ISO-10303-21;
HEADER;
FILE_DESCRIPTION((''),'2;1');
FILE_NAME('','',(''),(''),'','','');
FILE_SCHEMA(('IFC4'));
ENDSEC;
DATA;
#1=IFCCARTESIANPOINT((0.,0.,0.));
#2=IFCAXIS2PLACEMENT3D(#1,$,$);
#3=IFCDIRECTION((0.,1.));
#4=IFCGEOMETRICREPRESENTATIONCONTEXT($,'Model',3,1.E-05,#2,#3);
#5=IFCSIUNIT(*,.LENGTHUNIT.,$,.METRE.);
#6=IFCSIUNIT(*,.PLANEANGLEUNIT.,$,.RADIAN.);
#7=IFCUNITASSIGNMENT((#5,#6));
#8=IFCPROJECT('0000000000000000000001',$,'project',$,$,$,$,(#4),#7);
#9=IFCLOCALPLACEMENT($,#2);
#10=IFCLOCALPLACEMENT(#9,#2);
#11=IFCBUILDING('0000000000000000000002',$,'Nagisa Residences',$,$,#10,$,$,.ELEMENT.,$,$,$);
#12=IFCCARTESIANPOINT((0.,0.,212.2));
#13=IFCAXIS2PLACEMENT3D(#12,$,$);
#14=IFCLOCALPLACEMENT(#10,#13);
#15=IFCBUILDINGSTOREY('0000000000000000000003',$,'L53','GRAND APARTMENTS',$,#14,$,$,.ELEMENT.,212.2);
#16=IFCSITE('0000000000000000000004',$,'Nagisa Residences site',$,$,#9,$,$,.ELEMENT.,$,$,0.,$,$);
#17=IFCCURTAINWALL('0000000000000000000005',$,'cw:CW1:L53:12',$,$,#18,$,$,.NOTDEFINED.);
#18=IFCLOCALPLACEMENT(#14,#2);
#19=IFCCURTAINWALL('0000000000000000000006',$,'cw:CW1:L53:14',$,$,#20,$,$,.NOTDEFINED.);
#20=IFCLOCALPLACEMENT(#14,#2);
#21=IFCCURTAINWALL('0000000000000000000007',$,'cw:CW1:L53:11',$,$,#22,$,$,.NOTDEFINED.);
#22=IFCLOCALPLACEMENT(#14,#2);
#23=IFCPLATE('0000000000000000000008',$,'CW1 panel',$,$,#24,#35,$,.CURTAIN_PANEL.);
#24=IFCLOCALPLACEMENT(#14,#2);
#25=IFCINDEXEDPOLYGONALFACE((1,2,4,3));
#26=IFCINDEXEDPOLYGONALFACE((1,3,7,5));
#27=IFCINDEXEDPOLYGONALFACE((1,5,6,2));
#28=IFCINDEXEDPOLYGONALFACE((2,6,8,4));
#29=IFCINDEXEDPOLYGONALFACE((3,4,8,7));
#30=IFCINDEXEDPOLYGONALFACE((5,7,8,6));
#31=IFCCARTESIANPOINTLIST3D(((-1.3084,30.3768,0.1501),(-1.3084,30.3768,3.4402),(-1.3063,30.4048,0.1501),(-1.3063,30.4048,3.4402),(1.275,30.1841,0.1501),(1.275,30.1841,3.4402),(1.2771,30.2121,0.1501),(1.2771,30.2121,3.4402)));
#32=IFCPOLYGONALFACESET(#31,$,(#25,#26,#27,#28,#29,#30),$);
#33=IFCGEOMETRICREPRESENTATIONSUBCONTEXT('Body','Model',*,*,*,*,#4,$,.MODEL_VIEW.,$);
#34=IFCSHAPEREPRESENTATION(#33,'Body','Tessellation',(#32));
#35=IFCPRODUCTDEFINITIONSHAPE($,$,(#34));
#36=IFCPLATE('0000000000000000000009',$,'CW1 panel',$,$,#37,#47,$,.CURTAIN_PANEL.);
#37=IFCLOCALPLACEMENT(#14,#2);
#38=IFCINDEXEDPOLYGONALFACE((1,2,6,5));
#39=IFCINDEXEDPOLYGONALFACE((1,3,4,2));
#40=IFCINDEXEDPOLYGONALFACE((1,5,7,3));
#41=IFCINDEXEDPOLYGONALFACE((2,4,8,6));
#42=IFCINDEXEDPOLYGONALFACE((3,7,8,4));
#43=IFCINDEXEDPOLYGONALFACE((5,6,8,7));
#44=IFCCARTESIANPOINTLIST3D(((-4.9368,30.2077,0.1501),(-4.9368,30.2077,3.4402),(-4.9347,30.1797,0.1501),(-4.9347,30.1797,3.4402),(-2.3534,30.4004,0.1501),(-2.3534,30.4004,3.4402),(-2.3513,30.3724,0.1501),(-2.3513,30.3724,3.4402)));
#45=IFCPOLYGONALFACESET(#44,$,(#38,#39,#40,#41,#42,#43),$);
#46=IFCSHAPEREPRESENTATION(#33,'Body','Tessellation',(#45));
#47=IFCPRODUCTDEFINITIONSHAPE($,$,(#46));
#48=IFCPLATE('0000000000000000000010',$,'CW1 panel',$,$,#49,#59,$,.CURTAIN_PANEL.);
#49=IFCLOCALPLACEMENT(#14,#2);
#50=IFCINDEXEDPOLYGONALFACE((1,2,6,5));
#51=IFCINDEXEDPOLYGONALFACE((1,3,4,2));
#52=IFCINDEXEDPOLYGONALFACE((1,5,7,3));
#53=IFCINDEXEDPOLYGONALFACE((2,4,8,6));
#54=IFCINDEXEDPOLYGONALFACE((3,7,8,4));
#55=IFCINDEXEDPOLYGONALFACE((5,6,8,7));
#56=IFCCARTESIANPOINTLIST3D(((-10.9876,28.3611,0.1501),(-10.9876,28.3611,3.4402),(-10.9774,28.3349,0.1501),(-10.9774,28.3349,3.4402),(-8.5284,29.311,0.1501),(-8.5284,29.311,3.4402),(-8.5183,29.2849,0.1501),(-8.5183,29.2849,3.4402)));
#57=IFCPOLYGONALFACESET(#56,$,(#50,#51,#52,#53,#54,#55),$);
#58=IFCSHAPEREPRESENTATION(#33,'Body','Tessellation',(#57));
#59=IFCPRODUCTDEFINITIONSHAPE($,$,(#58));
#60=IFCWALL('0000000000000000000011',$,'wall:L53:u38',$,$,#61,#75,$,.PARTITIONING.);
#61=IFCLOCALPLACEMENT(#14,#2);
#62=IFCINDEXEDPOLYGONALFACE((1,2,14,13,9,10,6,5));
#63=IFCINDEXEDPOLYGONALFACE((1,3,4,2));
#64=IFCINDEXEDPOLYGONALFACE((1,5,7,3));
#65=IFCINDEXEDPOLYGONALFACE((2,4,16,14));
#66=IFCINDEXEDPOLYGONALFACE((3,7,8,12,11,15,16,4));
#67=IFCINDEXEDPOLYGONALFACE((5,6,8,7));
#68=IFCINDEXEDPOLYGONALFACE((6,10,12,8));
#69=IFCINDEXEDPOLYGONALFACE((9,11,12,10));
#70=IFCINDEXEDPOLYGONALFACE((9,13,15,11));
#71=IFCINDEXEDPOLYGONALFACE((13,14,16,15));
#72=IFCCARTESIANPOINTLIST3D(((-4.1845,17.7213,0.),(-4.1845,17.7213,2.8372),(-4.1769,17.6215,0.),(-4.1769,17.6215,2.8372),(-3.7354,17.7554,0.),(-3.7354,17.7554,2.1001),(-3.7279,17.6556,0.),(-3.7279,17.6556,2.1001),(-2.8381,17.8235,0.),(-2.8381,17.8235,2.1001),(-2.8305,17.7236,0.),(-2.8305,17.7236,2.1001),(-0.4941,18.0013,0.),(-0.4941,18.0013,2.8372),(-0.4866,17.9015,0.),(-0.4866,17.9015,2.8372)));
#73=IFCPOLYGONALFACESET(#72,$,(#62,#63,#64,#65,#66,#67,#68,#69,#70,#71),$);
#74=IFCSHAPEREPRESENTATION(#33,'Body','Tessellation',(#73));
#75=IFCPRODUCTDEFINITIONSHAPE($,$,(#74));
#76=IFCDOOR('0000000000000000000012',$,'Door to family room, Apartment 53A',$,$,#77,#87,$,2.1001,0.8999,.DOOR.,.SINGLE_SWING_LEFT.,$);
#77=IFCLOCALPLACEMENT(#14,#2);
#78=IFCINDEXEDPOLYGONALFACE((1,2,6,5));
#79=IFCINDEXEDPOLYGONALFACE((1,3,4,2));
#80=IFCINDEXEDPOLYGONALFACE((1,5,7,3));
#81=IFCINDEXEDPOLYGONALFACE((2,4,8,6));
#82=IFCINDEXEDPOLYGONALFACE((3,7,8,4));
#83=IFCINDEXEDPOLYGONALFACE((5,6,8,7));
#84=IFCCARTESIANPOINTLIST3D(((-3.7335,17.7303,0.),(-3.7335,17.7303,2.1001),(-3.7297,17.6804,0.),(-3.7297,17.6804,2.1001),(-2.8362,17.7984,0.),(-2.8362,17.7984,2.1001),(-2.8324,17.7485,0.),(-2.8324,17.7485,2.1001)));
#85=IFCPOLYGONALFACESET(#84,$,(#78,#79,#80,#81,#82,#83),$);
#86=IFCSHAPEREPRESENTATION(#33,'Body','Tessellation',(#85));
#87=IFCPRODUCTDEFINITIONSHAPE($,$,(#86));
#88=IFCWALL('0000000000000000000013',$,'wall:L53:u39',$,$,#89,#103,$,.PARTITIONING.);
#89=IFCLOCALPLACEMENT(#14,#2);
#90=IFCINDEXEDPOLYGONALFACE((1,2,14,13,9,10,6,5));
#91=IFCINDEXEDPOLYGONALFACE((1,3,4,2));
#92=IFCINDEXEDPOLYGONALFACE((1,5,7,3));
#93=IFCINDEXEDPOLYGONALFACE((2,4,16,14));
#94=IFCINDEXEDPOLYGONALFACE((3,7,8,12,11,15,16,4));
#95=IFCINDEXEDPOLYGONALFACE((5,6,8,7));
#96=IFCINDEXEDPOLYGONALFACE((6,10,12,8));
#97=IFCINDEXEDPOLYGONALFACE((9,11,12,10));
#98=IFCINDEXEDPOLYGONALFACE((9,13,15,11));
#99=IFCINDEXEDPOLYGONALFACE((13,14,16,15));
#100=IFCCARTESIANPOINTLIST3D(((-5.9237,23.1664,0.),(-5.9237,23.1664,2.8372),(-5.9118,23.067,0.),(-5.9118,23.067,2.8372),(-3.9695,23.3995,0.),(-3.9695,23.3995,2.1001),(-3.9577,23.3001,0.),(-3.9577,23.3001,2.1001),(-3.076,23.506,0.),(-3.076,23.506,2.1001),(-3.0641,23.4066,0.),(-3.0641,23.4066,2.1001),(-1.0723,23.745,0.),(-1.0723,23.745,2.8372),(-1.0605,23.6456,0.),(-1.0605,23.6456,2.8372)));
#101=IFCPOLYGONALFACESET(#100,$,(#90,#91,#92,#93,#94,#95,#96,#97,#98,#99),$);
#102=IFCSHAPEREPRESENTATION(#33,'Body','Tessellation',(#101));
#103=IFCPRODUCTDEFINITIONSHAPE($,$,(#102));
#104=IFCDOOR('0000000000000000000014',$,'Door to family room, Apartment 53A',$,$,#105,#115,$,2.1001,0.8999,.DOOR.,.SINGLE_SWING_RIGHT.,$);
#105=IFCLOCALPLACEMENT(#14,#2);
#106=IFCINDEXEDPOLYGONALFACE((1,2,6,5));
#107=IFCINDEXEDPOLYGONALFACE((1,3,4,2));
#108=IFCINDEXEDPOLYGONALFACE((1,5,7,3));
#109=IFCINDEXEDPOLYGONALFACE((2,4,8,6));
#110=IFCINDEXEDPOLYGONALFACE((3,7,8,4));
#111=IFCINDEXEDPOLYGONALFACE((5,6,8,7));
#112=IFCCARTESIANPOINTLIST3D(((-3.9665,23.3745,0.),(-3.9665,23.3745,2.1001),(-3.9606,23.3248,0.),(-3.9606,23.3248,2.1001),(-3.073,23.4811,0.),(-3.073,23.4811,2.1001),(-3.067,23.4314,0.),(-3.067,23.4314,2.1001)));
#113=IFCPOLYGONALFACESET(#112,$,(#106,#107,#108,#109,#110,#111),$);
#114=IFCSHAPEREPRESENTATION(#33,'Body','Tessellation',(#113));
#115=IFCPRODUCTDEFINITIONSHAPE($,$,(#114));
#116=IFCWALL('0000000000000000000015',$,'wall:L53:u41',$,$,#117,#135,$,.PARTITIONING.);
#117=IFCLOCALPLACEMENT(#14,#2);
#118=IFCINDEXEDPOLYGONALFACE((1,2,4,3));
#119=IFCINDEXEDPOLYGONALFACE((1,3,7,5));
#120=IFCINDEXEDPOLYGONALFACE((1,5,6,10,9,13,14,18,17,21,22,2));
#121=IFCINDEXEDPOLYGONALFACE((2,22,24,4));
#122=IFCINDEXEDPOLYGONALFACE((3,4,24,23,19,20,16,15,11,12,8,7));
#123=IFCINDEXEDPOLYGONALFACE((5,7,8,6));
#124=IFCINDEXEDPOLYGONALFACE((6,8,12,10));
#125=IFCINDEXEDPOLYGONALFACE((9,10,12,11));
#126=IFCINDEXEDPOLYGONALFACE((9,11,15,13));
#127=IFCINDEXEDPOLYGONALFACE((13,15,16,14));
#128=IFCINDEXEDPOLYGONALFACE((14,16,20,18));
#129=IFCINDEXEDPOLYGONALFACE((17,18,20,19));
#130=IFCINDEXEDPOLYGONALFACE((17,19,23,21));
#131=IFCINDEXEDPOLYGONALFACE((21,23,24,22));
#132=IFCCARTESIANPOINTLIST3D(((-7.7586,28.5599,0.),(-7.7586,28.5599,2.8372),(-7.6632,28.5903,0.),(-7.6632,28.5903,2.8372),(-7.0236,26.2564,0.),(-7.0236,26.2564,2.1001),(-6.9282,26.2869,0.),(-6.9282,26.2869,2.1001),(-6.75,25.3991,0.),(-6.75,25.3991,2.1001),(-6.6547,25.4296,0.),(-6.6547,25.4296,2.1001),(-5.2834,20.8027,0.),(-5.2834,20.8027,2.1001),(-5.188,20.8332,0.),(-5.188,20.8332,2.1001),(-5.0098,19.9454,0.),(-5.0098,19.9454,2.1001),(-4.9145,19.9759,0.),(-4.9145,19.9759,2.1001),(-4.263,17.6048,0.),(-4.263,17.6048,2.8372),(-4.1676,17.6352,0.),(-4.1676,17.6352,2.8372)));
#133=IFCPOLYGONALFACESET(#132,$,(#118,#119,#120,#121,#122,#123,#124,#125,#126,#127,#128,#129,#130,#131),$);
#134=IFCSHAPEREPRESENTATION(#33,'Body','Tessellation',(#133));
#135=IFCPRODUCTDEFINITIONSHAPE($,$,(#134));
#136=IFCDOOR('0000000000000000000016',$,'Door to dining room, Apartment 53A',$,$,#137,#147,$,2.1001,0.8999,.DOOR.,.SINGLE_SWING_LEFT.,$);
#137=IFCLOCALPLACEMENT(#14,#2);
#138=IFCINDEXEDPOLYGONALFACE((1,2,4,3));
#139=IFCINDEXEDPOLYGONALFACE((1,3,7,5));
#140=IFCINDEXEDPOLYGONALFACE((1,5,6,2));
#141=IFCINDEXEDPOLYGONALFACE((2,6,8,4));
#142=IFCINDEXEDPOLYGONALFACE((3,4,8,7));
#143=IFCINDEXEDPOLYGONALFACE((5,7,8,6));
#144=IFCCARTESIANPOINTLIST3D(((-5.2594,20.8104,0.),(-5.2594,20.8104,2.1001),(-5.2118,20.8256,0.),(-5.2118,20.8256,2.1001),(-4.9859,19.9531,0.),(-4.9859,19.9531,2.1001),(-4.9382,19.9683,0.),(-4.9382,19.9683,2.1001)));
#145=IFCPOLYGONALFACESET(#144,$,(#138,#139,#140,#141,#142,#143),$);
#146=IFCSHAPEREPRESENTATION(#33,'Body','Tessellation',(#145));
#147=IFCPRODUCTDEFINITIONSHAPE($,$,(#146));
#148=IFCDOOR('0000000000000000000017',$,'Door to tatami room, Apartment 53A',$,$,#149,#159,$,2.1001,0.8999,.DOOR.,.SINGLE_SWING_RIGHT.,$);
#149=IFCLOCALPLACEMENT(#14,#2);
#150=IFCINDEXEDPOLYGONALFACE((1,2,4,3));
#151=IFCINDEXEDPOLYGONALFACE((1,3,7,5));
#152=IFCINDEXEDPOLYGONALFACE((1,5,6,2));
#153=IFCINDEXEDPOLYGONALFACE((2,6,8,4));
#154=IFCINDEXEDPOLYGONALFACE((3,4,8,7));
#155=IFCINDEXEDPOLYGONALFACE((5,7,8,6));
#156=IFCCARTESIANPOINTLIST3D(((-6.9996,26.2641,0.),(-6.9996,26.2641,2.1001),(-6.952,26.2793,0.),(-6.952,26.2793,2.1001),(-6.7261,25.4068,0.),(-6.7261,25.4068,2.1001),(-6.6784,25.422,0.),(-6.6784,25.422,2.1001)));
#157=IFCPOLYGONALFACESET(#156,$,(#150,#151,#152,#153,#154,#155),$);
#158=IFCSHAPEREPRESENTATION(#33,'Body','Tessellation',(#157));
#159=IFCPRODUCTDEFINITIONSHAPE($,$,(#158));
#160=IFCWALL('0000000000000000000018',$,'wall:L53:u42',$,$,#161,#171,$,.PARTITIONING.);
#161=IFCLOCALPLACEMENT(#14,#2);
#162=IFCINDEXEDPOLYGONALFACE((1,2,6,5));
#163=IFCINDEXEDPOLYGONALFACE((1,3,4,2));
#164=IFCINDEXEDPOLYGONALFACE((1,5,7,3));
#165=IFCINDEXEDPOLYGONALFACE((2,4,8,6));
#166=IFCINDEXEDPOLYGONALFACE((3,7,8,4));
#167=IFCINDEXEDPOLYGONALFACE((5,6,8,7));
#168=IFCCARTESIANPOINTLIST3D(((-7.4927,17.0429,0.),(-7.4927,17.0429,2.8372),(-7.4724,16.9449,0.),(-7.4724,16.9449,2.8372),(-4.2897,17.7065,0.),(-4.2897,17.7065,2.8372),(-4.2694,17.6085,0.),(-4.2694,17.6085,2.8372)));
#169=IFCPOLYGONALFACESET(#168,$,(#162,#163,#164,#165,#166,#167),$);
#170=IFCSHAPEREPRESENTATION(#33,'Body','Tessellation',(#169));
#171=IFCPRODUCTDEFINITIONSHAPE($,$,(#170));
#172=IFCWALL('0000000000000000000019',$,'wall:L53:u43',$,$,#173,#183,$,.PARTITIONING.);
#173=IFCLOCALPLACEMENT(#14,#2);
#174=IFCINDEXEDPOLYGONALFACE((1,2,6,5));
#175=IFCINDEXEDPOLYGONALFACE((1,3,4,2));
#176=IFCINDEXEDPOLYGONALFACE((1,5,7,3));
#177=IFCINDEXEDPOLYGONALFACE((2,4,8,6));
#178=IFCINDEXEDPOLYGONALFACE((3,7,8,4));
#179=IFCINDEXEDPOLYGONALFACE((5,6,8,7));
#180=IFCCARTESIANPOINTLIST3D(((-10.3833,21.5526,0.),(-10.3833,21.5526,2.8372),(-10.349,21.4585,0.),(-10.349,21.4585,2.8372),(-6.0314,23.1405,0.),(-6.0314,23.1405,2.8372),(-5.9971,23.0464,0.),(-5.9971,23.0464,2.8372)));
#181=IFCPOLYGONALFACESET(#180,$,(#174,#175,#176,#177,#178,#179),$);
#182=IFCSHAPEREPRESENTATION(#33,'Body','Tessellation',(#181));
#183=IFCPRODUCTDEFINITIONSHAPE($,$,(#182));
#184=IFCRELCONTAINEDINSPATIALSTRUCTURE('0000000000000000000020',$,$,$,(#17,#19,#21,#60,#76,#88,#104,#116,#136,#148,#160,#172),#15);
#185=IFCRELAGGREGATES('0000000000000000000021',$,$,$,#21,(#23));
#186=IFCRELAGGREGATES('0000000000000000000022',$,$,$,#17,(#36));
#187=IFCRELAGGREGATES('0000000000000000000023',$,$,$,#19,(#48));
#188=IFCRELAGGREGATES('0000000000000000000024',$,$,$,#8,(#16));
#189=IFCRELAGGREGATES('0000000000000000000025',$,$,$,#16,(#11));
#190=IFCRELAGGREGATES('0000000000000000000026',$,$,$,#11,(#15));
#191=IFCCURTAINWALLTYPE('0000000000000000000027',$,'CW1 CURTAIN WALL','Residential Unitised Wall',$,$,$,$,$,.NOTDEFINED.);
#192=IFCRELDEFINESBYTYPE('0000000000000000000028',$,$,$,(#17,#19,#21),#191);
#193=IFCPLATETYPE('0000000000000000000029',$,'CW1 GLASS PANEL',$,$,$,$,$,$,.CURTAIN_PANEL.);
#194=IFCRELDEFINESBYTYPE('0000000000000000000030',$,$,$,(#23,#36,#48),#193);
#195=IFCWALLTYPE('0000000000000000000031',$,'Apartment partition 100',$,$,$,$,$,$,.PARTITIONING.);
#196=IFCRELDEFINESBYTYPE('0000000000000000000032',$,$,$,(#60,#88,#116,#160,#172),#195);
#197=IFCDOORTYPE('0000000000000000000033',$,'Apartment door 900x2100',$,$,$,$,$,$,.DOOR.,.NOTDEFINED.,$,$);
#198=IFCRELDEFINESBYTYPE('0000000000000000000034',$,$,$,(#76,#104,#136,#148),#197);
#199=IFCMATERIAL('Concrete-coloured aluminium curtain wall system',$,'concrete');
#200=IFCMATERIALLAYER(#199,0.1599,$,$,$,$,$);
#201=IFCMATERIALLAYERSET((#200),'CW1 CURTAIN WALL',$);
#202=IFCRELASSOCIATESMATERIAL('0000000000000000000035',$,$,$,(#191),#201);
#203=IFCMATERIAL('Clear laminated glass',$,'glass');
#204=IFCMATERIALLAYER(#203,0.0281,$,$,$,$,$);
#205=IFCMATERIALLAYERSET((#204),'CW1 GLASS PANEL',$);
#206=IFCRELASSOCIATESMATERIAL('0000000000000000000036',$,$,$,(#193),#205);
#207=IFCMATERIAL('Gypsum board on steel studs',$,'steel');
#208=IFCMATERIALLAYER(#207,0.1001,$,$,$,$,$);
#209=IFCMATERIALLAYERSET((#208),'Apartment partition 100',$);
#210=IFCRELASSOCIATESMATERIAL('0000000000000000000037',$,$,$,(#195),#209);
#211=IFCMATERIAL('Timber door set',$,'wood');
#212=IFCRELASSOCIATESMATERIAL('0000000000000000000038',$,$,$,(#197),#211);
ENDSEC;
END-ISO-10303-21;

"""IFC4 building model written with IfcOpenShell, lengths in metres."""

from ifc_helpers import new_model, si_unit, direction, frame, frame_2d, origin, origin_2d, place, context, subcontext, project, spatial, rectangle, extrude, material, layer, layer_set, type_object, element, fill, aggregate, save


model = new_model("IFC4")

# Units and contexts
model_context = context("Model", 3, precision=1e-05, world=origin(), true_north=direction((0.0, 1.0)))
body_context = subcontext(model_context, "Body", "Model", "MODEL_VIEW")
ifc_project = project(units=[si_unit("LENGTHUNIT", "METRE"), si_unit("PLANEANGLEUNIT", "RADIAN")], contexts=[model_context])

# Site, building, storey
site_placement = place(None, origin())
site = spatial("IfcSite", under=ifc_project, at=site_placement, Name="Nagisa Residences site", CompositionType="ELEMENT", RefElevation=0.0)
building_placement = place(site_placement, origin())
building = spatial("IfcBuilding", under=site, at=building_placement, Name="Nagisa Residences", CompositionType="ELEMENT")
storey_placement = place(building_placement, frame((0.0, 0.0, 212.2)))
storey = spatial("IfcBuildingStorey", under=building, at=storey_placement, Name="L53", Description="GRAND APARTMENTS", CompositionType="ELEMENT", Elevation=212.2)

# Curtain walls
ifc_material_1 = material(Name="Concrete-coloured aluminium curtain wall system", Category="concrete")
ifc_layer_1 = layer(ifc_material_1, 0.1599)
ifc_layer_set_1 = layer_set([ifc_layer_1], Name="CW1 CURTAIN WALL")
curtain_wall_type = type_object("IfcCurtainWallType", Name="CW1 CURTAIN WALL", Description="Residential Unitised Wall", PredefinedType="NOTDEFINED", material=ifc_layer_set_1)
curtain_wall_1_placement = place(storey_placement, origin())
curtain_wall_1 = element("IfcCurtainWall", 1, at=curtain_wall_1_placement, inside=storey, type_object=curtain_wall_type, Name="cw:CW1:L53:12", PredefinedType="NOTDEFINED")
curtain_wall_2_placement = place(storey_placement, origin())
curtain_wall_2 = element("IfcCurtainWall", 2, at=curtain_wall_2_placement, inside=storey, type_object=curtain_wall_type, Name="cw:CW1:L53:14", PredefinedType="NOTDEFINED")

# Curtain wall, plate
curtain_wall_3_placement = place(storey_placement, origin())
curtain_wall_3 = element("IfcCurtainWall", 3, at=curtain_wall_3_placement, inside=storey, type_object=curtain_wall_type, Name="cw:CW1:L53:11", PredefinedType="NOTDEFINED")
ifc_material_2 = material(Name="Clear laminated glass", Category="glass")
ifc_layer_2 = layer(ifc_material_2, 0.0281)
ifc_layer_set_2 = layer_set([ifc_layer_2], Name="CW1 GLASS PANEL")
plate_type = type_object("IfcPlateType", Name="CW1 GLASS PANEL", PredefinedType="CURTAIN_PANEL", material=ifc_layer_set_2)
plate_1_placement = place(storey_placement, frame((-0.0156, 30.2944, 0.1501), z_axis=(0.0, 0.0, 1.0), x_axis=(-0.99723, 0.074377, 0.0)))
plate_1 = element("IfcPlate", 4, at=plate_1_placement, type_object=plate_type, Name="CW1 panel", PredefinedType="CURTAIN_PANEL", context=body_context, shape_type="SweptSolid", body=[
    extrude(rectangle(XDim=2.5906, YDim=0.0281, at=origin_2d()), origin(), (0.0, 0.0, 1.0), 3.29),
])
aggregate(curtain_wall_3, [plate_1])

# Plates
plate_2_placement = place(storey_placement, frame((-3.644, 30.29, 0.1501), z_axis=(0.0, 0.0, 1.0), x_axis=(-0.99723, -0.074377, 0.0)))
plate_2 = element("IfcPlate", 5, at=plate_2_placement, type_object=plate_type, Name="CW1 panel", PredefinedType="CURTAIN_PANEL", context=body_context, shape_type="SweptSolid", body=[
    extrude(rectangle(XDim=2.5906, YDim=0.0281, at=origin_2d()), origin(), (0.0, 0.0, 1.0), 3.29),
])
aggregate(curtain_wall_1, [plate_2])
plate_3_placement = place(storey_placement, frame((-9.7529, 28.823, 0.1501), z_axis=(0.0, 0.0, 1.0), x_axis=(-0.932826, -0.360328, 0.0)))
plate_3 = element("IfcPlate", 6, at=plate_3_placement, type_object=plate_type, Name="CW1 panel", PredefinedType="CURTAIN_PANEL", context=body_context, shape_type="SweptSolid", body=[
    extrude(rectangle(XDim=2.6362, YDim=0.0281, at=origin_2d()), origin(), (0.0, 0.0, 1.0), 3.29),
])
aggregate(curtain_wall_2, [plate_3])

# Walls, openings, doors
ifc_material_3 = material(Name="Gypsum board on steel studs", Category="steel")
ifc_layer_3 = layer(ifc_material_3, 0.1001)
ifc_layer_set_3 = layer_set([ifc_layer_3], Name="Apartment partition 100")
wall_type_1 = type_object("IfcWallType", Name="Apartment partition 100", PredefinedType="PARTITIONING", material=ifc_layer_set_3)
wall_1_placement = place(storey_placement, frame((-0.4902, 17.9514, 0.0), z_axis=(0.0, 0.0, 1.0), x_axis=(-0.997133, -0.075662, 0.0)))
wall_1 = element("IfcWall", 7, at=wall_1_placement, inside=storey, type_object=wall_type_1, Name="wall:L53:u38", PredefinedType="PARTITIONING", context=body_context, shape_type="SweptSolid", body=[
    extrude(rectangle(XDim=3.7009, YDim=0.1001, at=frame_2d((1.8506, 0.0))), origin(), (0.0, 0.0, 1.0), 2.8372),
])
opening_1_placement = place(wall_1_placement, frame((2.3508, 0.0, 0.0)))
opening_1 = element("IfcOpeningElement", 8, at=opening_1_placement, cuts=wall_1, PredefinedType="OPENING", context=body_context, shape_type="SweptSolid", body=[
    extrude(rectangle(XDim=0.8999, YDim=2.1001, at=frame_2d((0.45, 1.05))), frame((0.0, 0.0601, 0.0), z_axis=(0.0, -1.0, 0.0), x_axis=(1.0, 0.0, 0.0)), (0.0, 0.0, 1.0), 0.1201),
])
ifc_material_4 = material(Name="Timber door set", Category="wood")
door_type_1 = type_object("IfcDoorType", Name="Apartment door 900x2100", OperationType="NOTDEFINED", PredefinedType="DOOR", material=ifc_material_4)
door_1_placement = place(opening_1_placement, frame((0.8999, 0.0, 0.0), x_axis=(-1.0, 0.0, 0.0)))
door_1 = element("IfcDoor", 9, at=door_1_placement, inside=storey, type_object=door_type_1, Name="Door to family room, Apartment 53A", OperationType="SINGLE_SWING_LEFT", OverallHeight=2.1001, OverallWidth=0.8999, PredefinedType="DOOR", context=body_context, shape_type="SweptSolid", body=[
    extrude(rectangle(XDim=0.8999, YDim=2.1001, at=frame_2d((0.45, 1.05))), frame((0.0, 0.0249, 0.0), z_axis=(0.0, -1.0, 0.0), x_axis=(1.0, 0.0, 0.0)), (0.0, 0.0, 1.0), 0.05),
])
fill(opening_1, door_1)
wall_2_placement = place(storey_placement, frame((-1.0664, 23.6953, 0.0), z_axis=(0.0, 0.0, 1.0), x_axis=(-0.992962, -0.11843, 0.0)))
wall_2 = element("IfcWall", 10, at=wall_2_placement, inside=storey, type_object=wall_type_1, Name="wall:L53:u39", PredefinedType="PARTITIONING", context=body_context, shape_type="SweptSolid", body=[
    extrude(rectangle(XDim=4.8857, YDim=0.1001, at=frame_2d((2.4429, 0.0))), origin(), (0.0, 0.0, 1.0), 2.8372),
])
opening_2_placement = place(wall_2_placement, frame((2.0178, 0.0, 0.0)))
opening_2 = element("IfcOpeningElement", 11, at=opening_2_placement, cuts=wall_2, PredefinedType="OPENING", context=body_context, shape_type="SweptSolid", body=[
    extrude(rectangle(XDim=0.8999, YDim=2.1001, at=frame_2d((0.45, 1.05))), frame((0.0, 0.0601, 0.0), z_axis=(0.0, -1.0, 0.0), x_axis=(1.0, 0.0, 0.0)), (0.0, 0.0, 1.0), 0.1201),
])
door_2_placement = place(opening_2_placement, frame((0.8999, 0.0, 0.0), x_axis=(-1.0, 0.0, 0.0)))
door_2 = element("IfcDoor", 12, at=door_2_placement, inside=storey, type_object=door_type_1, Name="Door to family room, Apartment 53A", OperationType="SINGLE_SWING_RIGHT", OverallHeight=2.1001, OverallWidth=0.8999, PredefinedType="DOOR", context=body_context, shape_type="SweptSolid", body=[
    extrude(rectangle(XDim=0.8999, YDim=2.1001, at=frame_2d((0.45, 1.05))), frame((0.0, 0.0249, 0.0), z_axis=(0.0, -1.0, 0.0), x_axis=(1.0, 0.0, 0.0)), (0.0, 0.0, 1.0), 0.05),
])
fill(opening_2, door_2)

# Wall, openings, doors
wall_3_placement = place(storey_placement, frame((-4.2153, 17.6201, 0.0), z_axis=(0.0, 0.0, 1.0), x_axis=(-0.303985, 0.952677, 0.0)))
wall_3 = element("IfcWall", 13, at=wall_3_placement, inside=storey, type_object=wall_type_1, Name="wall:L53:u41", PredefinedType="PARTITIONING", context=body_context, shape_type="SweptSolid", body=[
    extrude(rectangle(XDim=11.4993, YDim=0.1001, at=frame_2d((5.7495, 0.0))), origin(), (0.0, 0.0, 1.0), 2.8372),
])
opening_3_placement = place(wall_3_placement, frame((2.4568, 0.0, 0.0)))
opening_3 = element("IfcOpeningElement", 14, at=opening_3_placement, cuts=wall_3, PredefinedType="OPENING", context=body_context, shape_type="SweptSolid", body=[
    extrude(rectangle(XDim=0.8999, YDim=2.1001, at=frame_2d((0.45, 1.05))), frame((0.0, 0.0601, 0.0), z_axis=(0.0, -1.0, 0.0), x_axis=(1.0, 0.0, 0.0)), (0.0, 0.0, 1.0), 0.1201),
])
opening_4_placement = place(wall_3_placement, frame((8.1814, 0.0, 0.0)))
opening_4 = element("IfcOpeningElement", 15, at=opening_4_placement, cuts=wall_3, PredefinedType="OPENING", context=body_context, shape_type="SweptSolid", body=[
    extrude(rectangle(XDim=0.8999, YDim=2.1001, at=frame_2d((0.45, 1.05))), frame((0.0, 0.0601, 0.0), z_axis=(0.0, -1.0, 0.0), x_axis=(1.0, 0.0, 0.0)), (0.0, 0.0, 1.0), 0.1201),
])
door_3_placement = place(opening_3_placement, origin())
door_3 = element("IfcDoor", 16, at=door_3_placement, inside=storey, type_object=door_type_1, Name="Door to dining room, Apartment 53A", OperationType="SINGLE_SWING_LEFT", OverallHeight=2.1001, OverallWidth=0.8999, PredefinedType="DOOR", context=body_context, shape_type="SweptSolid", body=[
    extrude(rectangle(XDim=0.8999, YDim=2.1001, at=frame_2d((0.45, 1.05))), frame((0.0, 0.0249, 0.0), z_axis=(0.0, -1.0, 0.0), x_axis=(1.0, 0.0, 0.0)), (0.0, 0.0, 1.0), 0.05),
])
fill(opening_3, door_3)
door_4_placement = place(opening_4_placement, origin())
door_4 = element("IfcDoor", 17, at=door_4_placement, inside=storey, type_object=door_type_1, Name="Door to tatami room, Apartment 53A", OperationType="SINGLE_SWING_RIGHT", OverallHeight=2.1001, OverallWidth=0.8999, PredefinedType="DOOR", context=body_context, shape_type="SweptSolid", body=[
    extrude(rectangle(XDim=0.8999, YDim=2.1001, at=frame_2d((0.45, 1.05))), frame((0.0, 0.0249, 0.0), z_axis=(0.0, -1.0, 0.0), x_axis=(1.0, 0.0, 0.0)), (0.0, 0.0, 1.0), 0.05),
])
fill(opening_4, door_4)

# Walls
wall_4_placement = place(storey_placement, frame((-4.2795, 17.6575, 0.0), z_axis=(0.0, 0.0, 1.0), x_axis=(-0.979205, -0.202872, 0.0)))
element("IfcWall", 18, at=wall_4_placement, inside=storey, type_object=wall_type_1, Name="wall:L53:u42", PredefinedType="PARTITIONING", context=body_context, shape_type="SweptSolid", body=[
    extrude(rectangle(XDim=3.271, YDim=0.1001, at=frame_2d((1.6355, 0.0))), origin(), (0.0, 0.0, 1.0), 2.8372),
])
wall_5_placement = place(storey_placement, frame((-6.0142, 23.0935, 0.0), z_axis=(0.0, 0.0, 1.0), x_axis=(-0.939417, -0.342775, 0.0)))
element("IfcWall", 19, at=wall_5_placement, inside=storey, type_object=wall_type_1, Name="wall:L53:u43", PredefinedType="PARTITIONING", context=body_context, shape_type="SweptSolid", body=[
    extrude(rectangle(XDim=4.6326, YDim=0.1001, at=frame_2d((2.3164, 0.0))), origin(), (0.0, 0.0, 1.0), 2.8372),
])

save(model, "model.ifc")
